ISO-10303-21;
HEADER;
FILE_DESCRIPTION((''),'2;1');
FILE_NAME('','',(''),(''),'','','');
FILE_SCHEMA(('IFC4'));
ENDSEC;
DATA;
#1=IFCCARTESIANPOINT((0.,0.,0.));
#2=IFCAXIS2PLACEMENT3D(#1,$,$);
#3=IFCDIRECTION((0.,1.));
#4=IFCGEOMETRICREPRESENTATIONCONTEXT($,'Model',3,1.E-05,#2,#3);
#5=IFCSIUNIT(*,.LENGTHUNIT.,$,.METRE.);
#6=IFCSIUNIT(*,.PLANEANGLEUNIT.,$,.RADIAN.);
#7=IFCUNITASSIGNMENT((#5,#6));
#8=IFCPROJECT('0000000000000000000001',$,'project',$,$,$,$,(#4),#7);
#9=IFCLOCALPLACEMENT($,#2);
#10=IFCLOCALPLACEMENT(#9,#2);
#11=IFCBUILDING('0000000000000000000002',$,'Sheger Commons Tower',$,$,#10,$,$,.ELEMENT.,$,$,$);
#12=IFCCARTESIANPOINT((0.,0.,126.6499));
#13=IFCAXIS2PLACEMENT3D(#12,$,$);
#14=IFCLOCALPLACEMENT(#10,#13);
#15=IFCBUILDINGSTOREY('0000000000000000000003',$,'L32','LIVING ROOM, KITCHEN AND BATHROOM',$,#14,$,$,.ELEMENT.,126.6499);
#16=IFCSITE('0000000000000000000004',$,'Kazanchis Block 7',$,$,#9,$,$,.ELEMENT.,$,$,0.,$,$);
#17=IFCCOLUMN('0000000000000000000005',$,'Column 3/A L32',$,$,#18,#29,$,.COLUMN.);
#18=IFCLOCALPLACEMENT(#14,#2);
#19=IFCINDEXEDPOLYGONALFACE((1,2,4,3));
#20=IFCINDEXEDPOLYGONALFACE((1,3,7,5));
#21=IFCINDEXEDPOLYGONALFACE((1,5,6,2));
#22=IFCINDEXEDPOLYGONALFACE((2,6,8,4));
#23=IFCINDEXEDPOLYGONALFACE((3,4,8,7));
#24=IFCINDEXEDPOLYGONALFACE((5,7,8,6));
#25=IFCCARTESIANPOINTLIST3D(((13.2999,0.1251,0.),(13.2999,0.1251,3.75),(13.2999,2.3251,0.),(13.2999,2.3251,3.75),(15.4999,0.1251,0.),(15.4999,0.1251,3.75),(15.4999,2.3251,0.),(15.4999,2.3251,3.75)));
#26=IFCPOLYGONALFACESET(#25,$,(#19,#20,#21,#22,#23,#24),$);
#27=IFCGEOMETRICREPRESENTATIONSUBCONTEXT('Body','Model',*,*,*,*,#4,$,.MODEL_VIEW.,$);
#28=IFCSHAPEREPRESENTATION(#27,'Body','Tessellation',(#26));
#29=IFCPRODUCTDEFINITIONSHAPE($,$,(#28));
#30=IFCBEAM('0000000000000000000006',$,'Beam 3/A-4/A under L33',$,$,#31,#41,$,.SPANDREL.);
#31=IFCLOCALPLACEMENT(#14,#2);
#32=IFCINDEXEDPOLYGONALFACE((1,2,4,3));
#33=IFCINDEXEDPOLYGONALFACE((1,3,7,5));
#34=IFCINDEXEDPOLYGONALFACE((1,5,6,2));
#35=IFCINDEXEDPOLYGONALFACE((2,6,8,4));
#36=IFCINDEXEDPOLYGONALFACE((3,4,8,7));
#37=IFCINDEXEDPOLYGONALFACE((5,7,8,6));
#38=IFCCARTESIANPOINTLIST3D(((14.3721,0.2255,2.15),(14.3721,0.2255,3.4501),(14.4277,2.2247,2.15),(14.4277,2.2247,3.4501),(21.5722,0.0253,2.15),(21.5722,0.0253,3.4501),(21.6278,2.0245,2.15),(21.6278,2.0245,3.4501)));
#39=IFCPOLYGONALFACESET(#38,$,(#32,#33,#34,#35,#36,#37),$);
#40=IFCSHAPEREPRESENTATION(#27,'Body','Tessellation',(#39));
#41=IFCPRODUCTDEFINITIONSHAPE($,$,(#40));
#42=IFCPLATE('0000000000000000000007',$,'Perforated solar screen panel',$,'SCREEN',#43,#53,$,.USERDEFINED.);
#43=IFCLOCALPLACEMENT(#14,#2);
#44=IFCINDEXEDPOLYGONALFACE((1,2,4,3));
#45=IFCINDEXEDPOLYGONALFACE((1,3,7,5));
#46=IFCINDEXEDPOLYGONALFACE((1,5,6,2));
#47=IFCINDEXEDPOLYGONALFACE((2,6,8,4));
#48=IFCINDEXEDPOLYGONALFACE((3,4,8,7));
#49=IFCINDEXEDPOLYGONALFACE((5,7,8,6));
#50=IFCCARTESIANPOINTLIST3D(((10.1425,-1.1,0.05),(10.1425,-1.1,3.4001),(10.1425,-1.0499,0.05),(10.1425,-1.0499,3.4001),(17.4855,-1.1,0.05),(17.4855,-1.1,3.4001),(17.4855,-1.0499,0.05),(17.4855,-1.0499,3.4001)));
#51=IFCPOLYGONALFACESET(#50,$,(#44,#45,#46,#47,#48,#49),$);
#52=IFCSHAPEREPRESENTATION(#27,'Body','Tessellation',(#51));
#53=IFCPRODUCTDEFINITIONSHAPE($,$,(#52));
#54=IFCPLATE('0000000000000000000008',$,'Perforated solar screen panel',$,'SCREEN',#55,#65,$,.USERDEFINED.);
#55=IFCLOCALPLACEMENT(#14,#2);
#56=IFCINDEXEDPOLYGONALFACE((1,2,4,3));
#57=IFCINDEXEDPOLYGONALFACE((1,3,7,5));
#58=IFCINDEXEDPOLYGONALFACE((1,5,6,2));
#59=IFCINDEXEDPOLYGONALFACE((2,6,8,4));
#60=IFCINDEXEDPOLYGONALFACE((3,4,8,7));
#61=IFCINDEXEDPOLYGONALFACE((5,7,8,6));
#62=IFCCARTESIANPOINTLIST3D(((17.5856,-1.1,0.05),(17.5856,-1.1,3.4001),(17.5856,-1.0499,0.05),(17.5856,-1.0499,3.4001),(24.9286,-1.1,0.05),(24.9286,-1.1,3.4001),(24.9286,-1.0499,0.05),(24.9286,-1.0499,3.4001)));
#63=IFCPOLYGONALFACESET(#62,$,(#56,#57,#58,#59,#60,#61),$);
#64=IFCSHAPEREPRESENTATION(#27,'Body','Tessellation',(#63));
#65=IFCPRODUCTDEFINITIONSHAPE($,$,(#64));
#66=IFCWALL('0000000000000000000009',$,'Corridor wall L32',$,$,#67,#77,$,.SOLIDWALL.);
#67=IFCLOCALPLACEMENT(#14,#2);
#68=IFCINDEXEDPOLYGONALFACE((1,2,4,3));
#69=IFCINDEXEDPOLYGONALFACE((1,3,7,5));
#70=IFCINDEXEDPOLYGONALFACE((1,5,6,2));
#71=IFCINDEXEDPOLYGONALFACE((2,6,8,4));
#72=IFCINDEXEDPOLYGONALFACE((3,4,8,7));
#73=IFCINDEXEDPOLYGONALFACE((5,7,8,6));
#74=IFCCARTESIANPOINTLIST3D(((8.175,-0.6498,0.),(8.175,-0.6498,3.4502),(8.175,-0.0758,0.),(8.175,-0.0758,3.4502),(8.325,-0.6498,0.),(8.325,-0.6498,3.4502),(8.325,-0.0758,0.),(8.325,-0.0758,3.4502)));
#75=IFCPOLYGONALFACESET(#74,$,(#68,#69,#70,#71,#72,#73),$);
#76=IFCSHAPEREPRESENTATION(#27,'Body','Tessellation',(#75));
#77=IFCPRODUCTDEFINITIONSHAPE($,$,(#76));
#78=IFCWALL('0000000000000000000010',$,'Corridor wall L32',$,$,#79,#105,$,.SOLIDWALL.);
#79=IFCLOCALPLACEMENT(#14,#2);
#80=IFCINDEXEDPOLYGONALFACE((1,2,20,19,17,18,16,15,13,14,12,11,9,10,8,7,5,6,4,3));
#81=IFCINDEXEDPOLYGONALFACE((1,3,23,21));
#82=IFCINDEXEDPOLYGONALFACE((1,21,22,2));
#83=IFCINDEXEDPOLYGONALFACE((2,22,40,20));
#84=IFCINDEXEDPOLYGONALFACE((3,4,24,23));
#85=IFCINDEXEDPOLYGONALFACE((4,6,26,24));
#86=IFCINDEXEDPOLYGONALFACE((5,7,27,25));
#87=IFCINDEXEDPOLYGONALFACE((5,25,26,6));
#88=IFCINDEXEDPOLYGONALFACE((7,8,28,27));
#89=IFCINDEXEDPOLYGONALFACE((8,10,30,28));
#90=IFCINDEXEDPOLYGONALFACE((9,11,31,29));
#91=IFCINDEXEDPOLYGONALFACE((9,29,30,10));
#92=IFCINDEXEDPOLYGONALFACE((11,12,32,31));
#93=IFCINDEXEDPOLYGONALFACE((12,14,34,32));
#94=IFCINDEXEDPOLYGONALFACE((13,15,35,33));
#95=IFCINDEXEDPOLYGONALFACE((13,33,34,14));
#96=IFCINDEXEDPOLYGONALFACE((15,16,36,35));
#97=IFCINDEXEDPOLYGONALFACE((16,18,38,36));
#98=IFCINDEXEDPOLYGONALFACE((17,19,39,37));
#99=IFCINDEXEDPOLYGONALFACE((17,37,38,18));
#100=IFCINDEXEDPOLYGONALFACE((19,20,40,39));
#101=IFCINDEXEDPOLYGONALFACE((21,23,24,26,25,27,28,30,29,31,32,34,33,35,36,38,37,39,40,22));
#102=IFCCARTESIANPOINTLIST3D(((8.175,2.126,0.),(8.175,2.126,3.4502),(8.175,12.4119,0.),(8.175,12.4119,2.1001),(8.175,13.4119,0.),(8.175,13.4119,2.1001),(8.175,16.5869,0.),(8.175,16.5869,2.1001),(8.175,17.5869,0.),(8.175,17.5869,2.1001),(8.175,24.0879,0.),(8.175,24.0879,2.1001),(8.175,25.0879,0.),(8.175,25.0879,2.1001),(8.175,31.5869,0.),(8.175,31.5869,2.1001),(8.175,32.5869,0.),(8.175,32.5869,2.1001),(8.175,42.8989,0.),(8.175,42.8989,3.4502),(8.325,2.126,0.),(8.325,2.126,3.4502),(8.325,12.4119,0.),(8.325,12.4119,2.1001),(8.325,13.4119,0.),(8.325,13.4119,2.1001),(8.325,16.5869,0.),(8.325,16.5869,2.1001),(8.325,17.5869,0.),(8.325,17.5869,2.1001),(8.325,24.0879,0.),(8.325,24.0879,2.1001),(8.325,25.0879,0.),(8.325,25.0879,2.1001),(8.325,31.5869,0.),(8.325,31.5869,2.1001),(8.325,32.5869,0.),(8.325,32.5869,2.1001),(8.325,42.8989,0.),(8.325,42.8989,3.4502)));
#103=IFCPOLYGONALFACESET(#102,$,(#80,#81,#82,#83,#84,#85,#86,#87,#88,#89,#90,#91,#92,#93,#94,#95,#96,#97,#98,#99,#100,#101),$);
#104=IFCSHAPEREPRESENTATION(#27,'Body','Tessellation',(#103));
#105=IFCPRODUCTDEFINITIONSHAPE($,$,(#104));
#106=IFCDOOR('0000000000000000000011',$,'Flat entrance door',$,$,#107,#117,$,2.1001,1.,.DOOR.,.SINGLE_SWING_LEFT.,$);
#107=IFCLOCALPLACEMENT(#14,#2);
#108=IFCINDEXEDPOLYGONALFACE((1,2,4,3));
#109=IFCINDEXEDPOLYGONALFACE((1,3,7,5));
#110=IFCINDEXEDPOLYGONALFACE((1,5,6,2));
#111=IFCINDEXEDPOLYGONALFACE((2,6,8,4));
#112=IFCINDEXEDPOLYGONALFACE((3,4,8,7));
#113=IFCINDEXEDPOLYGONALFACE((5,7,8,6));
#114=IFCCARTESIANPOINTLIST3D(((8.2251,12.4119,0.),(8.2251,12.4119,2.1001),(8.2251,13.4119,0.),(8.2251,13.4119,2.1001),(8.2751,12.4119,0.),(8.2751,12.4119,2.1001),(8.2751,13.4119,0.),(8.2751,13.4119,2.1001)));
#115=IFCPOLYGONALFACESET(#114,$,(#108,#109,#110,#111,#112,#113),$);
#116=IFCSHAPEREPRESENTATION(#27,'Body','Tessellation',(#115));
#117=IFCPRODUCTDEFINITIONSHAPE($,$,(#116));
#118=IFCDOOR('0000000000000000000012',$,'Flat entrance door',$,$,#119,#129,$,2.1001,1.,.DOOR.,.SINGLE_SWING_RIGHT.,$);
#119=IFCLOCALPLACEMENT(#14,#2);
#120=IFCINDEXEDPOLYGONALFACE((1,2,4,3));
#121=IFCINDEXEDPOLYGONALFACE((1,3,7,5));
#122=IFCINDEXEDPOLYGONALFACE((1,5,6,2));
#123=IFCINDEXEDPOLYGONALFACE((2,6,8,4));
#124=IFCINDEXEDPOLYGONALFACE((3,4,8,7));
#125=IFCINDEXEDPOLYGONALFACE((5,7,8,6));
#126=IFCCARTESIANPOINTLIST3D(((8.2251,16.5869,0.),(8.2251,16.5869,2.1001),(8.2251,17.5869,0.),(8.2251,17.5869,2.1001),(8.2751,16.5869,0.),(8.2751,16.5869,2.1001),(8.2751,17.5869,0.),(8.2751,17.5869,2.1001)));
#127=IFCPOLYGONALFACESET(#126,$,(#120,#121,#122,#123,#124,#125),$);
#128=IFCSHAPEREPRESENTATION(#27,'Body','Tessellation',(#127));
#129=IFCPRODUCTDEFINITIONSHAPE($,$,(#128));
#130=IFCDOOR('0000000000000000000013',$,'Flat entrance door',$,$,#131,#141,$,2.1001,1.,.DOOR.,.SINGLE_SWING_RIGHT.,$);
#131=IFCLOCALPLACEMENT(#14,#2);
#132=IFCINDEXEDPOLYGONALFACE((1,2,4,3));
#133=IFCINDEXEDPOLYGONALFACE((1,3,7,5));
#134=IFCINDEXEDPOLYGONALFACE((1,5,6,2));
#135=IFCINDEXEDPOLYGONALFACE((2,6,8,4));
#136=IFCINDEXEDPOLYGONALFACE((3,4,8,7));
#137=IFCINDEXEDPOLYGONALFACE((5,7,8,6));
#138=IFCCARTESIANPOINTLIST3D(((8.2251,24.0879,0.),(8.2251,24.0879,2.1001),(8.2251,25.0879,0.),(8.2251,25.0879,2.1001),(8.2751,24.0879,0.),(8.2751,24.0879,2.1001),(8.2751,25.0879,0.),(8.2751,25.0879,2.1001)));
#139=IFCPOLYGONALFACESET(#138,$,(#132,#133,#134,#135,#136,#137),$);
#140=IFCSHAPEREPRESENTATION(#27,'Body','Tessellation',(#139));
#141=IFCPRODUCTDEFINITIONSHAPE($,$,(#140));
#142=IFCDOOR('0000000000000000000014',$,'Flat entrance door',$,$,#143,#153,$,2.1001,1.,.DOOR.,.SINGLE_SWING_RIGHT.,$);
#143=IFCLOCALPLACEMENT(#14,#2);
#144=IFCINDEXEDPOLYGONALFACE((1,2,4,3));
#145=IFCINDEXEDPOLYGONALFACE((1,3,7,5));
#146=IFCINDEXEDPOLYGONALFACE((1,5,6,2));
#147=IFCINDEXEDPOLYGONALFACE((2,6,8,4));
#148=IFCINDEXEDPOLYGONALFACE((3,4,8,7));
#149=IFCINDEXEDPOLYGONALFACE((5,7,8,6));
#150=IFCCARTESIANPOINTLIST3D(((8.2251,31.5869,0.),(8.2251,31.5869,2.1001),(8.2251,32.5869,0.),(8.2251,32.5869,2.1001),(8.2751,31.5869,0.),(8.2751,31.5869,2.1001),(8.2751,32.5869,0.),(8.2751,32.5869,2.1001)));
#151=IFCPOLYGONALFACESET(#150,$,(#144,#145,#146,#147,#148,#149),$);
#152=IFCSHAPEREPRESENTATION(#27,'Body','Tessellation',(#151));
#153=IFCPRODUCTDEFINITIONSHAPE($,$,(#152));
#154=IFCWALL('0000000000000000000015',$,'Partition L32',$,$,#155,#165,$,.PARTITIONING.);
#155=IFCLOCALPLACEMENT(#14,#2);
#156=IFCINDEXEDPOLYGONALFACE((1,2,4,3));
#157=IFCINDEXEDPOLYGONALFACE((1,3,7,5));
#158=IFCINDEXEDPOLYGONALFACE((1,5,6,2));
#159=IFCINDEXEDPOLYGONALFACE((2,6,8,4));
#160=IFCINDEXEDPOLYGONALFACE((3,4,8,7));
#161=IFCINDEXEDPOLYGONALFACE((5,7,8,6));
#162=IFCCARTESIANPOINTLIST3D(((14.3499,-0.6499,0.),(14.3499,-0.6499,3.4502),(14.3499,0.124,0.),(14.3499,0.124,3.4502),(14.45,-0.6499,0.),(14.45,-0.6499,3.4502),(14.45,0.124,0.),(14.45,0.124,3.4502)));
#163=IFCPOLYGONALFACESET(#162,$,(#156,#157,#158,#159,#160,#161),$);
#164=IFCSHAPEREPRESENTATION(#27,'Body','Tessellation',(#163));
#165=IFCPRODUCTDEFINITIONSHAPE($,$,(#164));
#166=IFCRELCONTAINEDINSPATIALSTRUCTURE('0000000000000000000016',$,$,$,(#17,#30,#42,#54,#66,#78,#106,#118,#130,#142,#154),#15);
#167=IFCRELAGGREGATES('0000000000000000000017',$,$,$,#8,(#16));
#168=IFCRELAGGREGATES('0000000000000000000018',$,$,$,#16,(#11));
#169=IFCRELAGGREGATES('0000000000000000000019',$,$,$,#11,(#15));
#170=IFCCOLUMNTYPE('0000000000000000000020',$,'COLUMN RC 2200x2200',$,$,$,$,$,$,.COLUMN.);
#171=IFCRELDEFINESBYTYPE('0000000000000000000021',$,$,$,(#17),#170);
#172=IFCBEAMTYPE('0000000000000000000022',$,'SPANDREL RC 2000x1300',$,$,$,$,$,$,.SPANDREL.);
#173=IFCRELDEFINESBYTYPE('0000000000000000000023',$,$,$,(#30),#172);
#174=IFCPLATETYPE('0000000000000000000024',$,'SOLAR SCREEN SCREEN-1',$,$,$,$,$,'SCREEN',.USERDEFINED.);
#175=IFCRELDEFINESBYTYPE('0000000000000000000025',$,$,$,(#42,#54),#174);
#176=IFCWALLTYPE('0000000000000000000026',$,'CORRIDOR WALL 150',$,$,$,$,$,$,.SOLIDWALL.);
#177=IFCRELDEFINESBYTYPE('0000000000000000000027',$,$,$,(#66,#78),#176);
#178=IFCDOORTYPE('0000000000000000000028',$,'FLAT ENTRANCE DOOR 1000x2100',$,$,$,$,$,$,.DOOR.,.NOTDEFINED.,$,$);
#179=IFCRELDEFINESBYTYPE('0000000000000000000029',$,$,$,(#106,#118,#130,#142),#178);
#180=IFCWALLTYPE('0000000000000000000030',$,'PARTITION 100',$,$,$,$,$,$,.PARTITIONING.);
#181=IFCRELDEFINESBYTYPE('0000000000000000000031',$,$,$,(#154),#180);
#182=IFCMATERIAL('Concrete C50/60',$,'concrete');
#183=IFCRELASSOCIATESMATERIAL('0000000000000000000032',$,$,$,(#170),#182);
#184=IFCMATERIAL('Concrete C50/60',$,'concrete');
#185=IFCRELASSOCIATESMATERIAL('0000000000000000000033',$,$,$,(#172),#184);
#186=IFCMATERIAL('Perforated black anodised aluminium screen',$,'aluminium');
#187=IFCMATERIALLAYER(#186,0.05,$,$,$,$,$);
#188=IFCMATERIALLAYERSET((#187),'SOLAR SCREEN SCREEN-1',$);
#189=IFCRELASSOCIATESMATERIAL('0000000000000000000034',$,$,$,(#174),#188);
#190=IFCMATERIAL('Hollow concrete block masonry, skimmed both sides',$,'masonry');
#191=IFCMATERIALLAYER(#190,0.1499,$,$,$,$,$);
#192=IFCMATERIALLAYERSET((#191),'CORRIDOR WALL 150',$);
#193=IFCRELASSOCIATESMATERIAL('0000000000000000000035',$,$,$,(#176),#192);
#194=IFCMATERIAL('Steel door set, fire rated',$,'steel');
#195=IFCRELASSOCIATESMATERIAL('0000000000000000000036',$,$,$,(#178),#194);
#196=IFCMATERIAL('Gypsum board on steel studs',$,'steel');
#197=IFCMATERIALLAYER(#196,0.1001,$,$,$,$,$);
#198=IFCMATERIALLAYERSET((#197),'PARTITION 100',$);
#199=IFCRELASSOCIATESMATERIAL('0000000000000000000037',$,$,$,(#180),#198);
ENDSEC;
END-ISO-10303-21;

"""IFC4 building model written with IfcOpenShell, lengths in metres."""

from ifc_helpers import new_model, si_unit, direction, frame, frame_2d, origin, origin_2d, place, context, subcontext, project, spatial, rectangle, extrude, material, layer, layer_set, material_profile, profile_set, type_object, element, fill, save


model = new_model("IFC4")

# Units and contexts
model_context = context("Model", 3, precision=1e-05, world=origin(), true_north=direction((0.0, 1.0)))
body_context = subcontext(model_context, "Body", "Model", "MODEL_VIEW")
ifc_project = project(units=[si_unit("LENGTHUNIT", "METRE"), si_unit("PLANEANGLEUNIT", "RADIAN")], contexts=[model_context])

# Site, building, storey
site_placement = place(None, origin())
site = spatial("IfcSite", under=ifc_project, at=site_placement, Name="Kazanchis Block 7", CompositionType="ELEMENT", RefElevation=0.0)
building_placement = place(site_placement, origin())
building = spatial("IfcBuilding", under=site, at=building_placement, Name="Sheger Commons Tower", CompositionType="ELEMENT")
storey_placement = place(building_placement, frame((0.0, 0.0, 126.6499)))
storey = spatial("IfcBuildingStorey", under=building, at=storey_placement, Name="L32", Description="LIVING ROOM, KITCHEN AND BATHROOM", CompositionType="ELEMENT", Elevation=126.6499)

# Column
ifc_material_1 = material(Name="Concrete C50/60", Category="concrete")
ifc_material_profile_1 = material_profile(ifc_material_1, rectangle(XDim=2.2, YDim=2.2, at=origin_2d()), Name="RC 2200x2200")
ifc_profile_set_1 = profile_set([ifc_material_profile_1], Name="Concrete C50/60")
column_type = type_object("IfcColumnType", Name="COLUMN RC 2200x2200", PredefinedType="COLUMN", material=ifc_profile_set_1)
column_placement = place(storey_placement, frame((14.3999, 1.2251, 0.0), z_axis=(0.0, 0.0, 1.0), x_axis=(1.0, 0.0, 0.0)))
element("IfcColumn", 1, at=column_placement, inside=storey, type_object=column_type, Name="Column 3/A L32", PredefinedType="COLUMN", context=body_context, shape_type="SweptSolid", body=[
    extrude(rectangle(XDim=2.2, YDim=2.2, at=origin_2d()), origin(), (0.0, 0.0, 1.0), 3.75),
])

# Beam
ifc_material_2 = material(Name="Concrete C50/60", Category="concrete")
ifc_material_profile_2 = material_profile(ifc_material_2, rectangle(XDim=2.0, YDim=1.3, at=origin_2d()), Name="RC 2000x1300")
ifc_profile_set_2 = profile_set([ifc_material_profile_2], Name="Concrete C50/60")
beam_type = type_object("IfcBeamType", Name="SPANDREL RC 2000x1300", PredefinedType="SPANDREL", material=ifc_profile_set_2)
beam_placement = place(storey_placement, frame((14.3999, 1.2251, 2.8), z_axis=(0.999614, -0.027793, 0.0), x_axis=(0.027793, 0.999614, 0.0)))
element("IfcBeam", 2, at=beam_placement, inside=storey, type_object=beam_type, Name="Beam 3/A-4/A under L33", PredefinedType="SPANDREL", context=body_context, shape_type="SweptSolid", body=[
    extrude(rectangle(XDim=2.0, YDim=1.3, at=origin_2d()), origin(), (0.0, 0.0, 1.0), 7.2029),
])

# Plates
ifc_material_3 = material(Name="Perforated black anodised aluminium screen", Category="aluminium")
ifc_layer_1 = layer(ifc_material_3, 0.05)
ifc_layer_set_1 = layer_set([ifc_layer_1], Name="SOLAR SCREEN SCREEN-1")
plate_type = type_object("IfcPlateType", Name="SOLAR SCREEN SCREEN-1", ElementType="SCREEN", PredefinedType="USERDEFINED", material=ifc_layer_set_1)
for number, where, z_axis, x_axis, name in (
    (3, (13.814, -1.075, 0.05), (0.0, 0.0, 1.0), (1.0, 0.0, 0.0), "Perforated solar screen panel"),
    (4, (21.2571, -1.075, 0.05), (0.0, 0.0, 1.0), (1.0, 0.0, 0.0), "Perforated solar screen panel"),
):
    element("IfcPlate", number, at=place(storey_placement, frame(where, z_axis=z_axis, x_axis=x_axis)), inside=storey, type_object=plate_type, Name=name, ObjectType="SCREEN", PredefinedType="USERDEFINED", context=body_context, shape_type="SweptSolid", body=[
        extrude(rectangle(XDim=7.343, YDim=0.05, at=origin_2d()), origin(), (0.0, 0.0, 1.0), 3.3501),
    ])

# Wall
ifc_material_4 = material(Name="Hollow concrete block masonry, skimmed both sides", Category="masonry")
ifc_layer_2 = layer(ifc_material_4, 0.1499)
ifc_layer_set_2 = layer_set([ifc_layer_2], Name="CORRIDOR WALL 150")
wall_type_1 = type_object("IfcWallType", Name="CORRIDOR WALL 150", PredefinedType="SOLIDWALL", material=ifc_layer_set_2)
wall_1_placement = place(storey_placement, frame((8.25, -0.6499, 0.0), z_axis=(0.0, 0.0, 1.0), x_axis=(0.0, 1.0, 0.0)))
element("IfcWall", 5, at=wall_1_placement, inside=storey, type_object=wall_type_1, Name="Corridor wall L32", PredefinedType="SOLIDWALL", context=body_context, shape_type="SweptSolid", body=[
    extrude(rectangle(XDim=0.574, YDim=0.1499, at=frame_2d((0.2871, 0.0))), origin(), (0.0, 0.0, 1.0), 3.4502),
])

# Wall, openings, doors
wall_2_placement = place(storey_placement, frame((8.25, 2.126, 0.0), z_axis=(0.0, 0.0, 1.0), x_axis=(0.0, 1.0, 0.0)))
wall_2 = element("IfcWall", 6, at=wall_2_placement, inside=storey, type_object=wall_type_1, Name="Corridor wall L32", PredefinedType="SOLIDWALL", context=body_context, shape_type="SweptSolid", body=[
    extrude(rectangle(XDim=40.7729, YDim=0.1499, at=frame_2d((20.3865, 0.0))), origin(), (0.0, 0.0, 1.0), 3.4502),
])
opening_1_placement = place(wall_2_placement, frame((10.2859, 0.0, 0.0)))
opening_1 = element("IfcOpeningElement", 7, at=opening_1_placement, cuts=wall_2, PredefinedType="OPENING", context=body_context, shape_type="SweptSolid", body=[
    extrude(rectangle(XDim=1.0, YDim=2.1001, at=frame_2d((0.5, 1.05))), frame((0.0, 0.085, 0.0), z_axis=(0.0, -1.0, 0.0), x_axis=(1.0, 0.0, 0.0)), (0.0, 0.0, 1.0), 0.1699),
])
opening_2_placement = place(wall_2_placement, frame((14.4609, 0.0, 0.0)))
opening_2 = element("IfcOpeningElement", 8, at=opening_2_placement, cuts=wall_2, PredefinedType="OPENING", context=body_context, shape_type="SweptSolid", body=[
    extrude(rectangle(XDim=1.0, YDim=2.1001, at=frame_2d((0.5, 1.05))), frame((0.0, 0.085, 0.0), z_axis=(0.0, -1.0, 0.0), x_axis=(1.0, 0.0, 0.0)), (0.0, 0.0, 1.0), 0.1699),
])
opening_3_placement = place(wall_2_placement, frame((21.9619, 0.0, 0.0)))
opening_3 = element("IfcOpeningElement", 9, at=opening_3_placement, cuts=wall_2, PredefinedType="OPENING", context=body_context, shape_type="SweptSolid", body=[
    extrude(rectangle(XDim=1.0, YDim=2.1001, at=frame_2d((0.5, 1.05))), frame((0.0, 0.085, 0.0), z_axis=(0.0, -1.0, 0.0), x_axis=(1.0, 0.0, 0.0)), (0.0, 0.0, 1.0), 0.1699),
])
opening_4_placement = place(wall_2_placement, frame((29.4609, 0.0, 0.0)))
opening_4 = element("IfcOpeningElement", 10, at=opening_4_placement, cuts=wall_2, PredefinedType="OPENING", context=body_context, shape_type="SweptSolid", body=[
    extrude(rectangle(XDim=1.0, YDim=2.1001, at=frame_2d((0.5, 1.05))), frame((0.0, 0.085, 0.0), z_axis=(0.0, -1.0, 0.0), x_axis=(1.0, 0.0, 0.0)), (0.0, 0.0, 1.0), 0.1699),
])
ifc_material_5 = material(Name="Steel door set, fire rated", Category="steel")
door_type = type_object("IfcDoorType", Name="FLAT ENTRANCE DOOR 1000x2100", OperationType="NOTDEFINED", PredefinedType="DOOR", material=ifc_material_5)
door_1_placement = place(opening_1_placement, origin())
door_1 = element("IfcDoor", 11, at=door_1_placement, inside=storey, type_object=door_type, Name="Flat entrance door", OperationType="SINGLE_SWING_LEFT", OverallHeight=2.1001, OverallWidth=1.0, PredefinedType="DOOR", context=body_context, shape_type="SweptSolid", body=[
    extrude(rectangle(XDim=1.0, YDim=2.1001, at=frame_2d((0.5, 1.05))), frame((0.0, 0.0249, 0.0), z_axis=(0.0, -1.0, 0.0), x_axis=(1.0, 0.0, 0.0)), (0.0, 0.0, 1.0), 0.05),
])
fill(opening_1, door_1)
door_2_placement = place(opening_2_placement, origin())
door_2 = element("IfcDoor", 12, at=door_2_placement, inside=storey, type_object=door_type, Name="Flat entrance door", OperationType="SINGLE_SWING_RIGHT", OverallHeight=2.1001, OverallWidth=1.0, PredefinedType="DOOR", context=body_context, shape_type="SweptSolid", body=[
    extrude(rectangle(XDim=1.0, YDim=2.1001, at=frame_2d((0.5, 1.05))), frame((0.0, 0.0249, 0.0), z_axis=(0.0, -1.0, 0.0), x_axis=(1.0, 0.0, 0.0)), (0.0, 0.0, 1.0), 0.05),
])
fill(opening_2, door_2)
door_3_placement = place(opening_3_placement, origin())
door_3 = element("IfcDoor", 13, at=door_3_placement, inside=storey, type_object=door_type, Name="Flat entrance door", OperationType="SINGLE_SWING_RIGHT", OverallHeight=2.1001, OverallWidth=1.0, PredefinedType="DOOR", context=body_context, shape_type="SweptSolid", body=[
    extrude(rectangle(XDim=1.0, YDim=2.1001, at=frame_2d((0.5, 1.05))), frame((0.0, 0.0249, 0.0), z_axis=(0.0, -1.0, 0.0), x_axis=(1.0, 0.0, 0.0)), (0.0, 0.0, 1.0), 0.05),
])
fill(opening_3, door_3)
door_4_placement = place(opening_4_placement, origin())
door_4 = element("IfcDoor", 14, at=door_4_placement, inside=storey, type_object=door_type, Name="Flat entrance door", OperationType="SINGLE_SWING_RIGHT", OverallHeight=2.1001, OverallWidth=1.0, PredefinedType="DOOR", context=body_context, shape_type="SweptSolid", body=[
    extrude(rectangle(XDim=1.0, YDim=2.1001, at=frame_2d((0.5, 1.05))), frame((0.0, 0.0249, 0.0), z_axis=(0.0, -1.0, 0.0), x_axis=(1.0, 0.0, 0.0)), (0.0, 0.0, 1.0), 0.05),
])
fill(opening_4, door_4)

# Wall
ifc_material_6 = material(Name="Gypsum board on steel studs", Category="steel")
ifc_layer_3 = layer(ifc_material_6, 0.1001)
ifc_layer_set_3 = layer_set([ifc_layer_3], Name="PARTITION 100")
wall_type_2 = type_object("IfcWallType", Name="PARTITION 100", PredefinedType="PARTITIONING", material=ifc_layer_set_3)
wall_3_placement = place(storey_placement, frame((14.3999, -0.6499, 0.0), z_axis=(0.0, 0.0, 1.0), x_axis=(0.0, 1.0, 0.0)))
element("IfcWall", 15, at=wall_3_placement, inside=storey, type_object=wall_type_2, Name="Partition L32", PredefinedType="PARTITIONING", context=body_context, shape_type="SweptSolid", body=[
    extrude(rectangle(XDim=0.7739, YDim=0.1001, at=frame_2d((0.387, 0.0))), origin(), (0.0, 0.0, 1.0), 3.4502),
])

save(model, "model.ifc")
